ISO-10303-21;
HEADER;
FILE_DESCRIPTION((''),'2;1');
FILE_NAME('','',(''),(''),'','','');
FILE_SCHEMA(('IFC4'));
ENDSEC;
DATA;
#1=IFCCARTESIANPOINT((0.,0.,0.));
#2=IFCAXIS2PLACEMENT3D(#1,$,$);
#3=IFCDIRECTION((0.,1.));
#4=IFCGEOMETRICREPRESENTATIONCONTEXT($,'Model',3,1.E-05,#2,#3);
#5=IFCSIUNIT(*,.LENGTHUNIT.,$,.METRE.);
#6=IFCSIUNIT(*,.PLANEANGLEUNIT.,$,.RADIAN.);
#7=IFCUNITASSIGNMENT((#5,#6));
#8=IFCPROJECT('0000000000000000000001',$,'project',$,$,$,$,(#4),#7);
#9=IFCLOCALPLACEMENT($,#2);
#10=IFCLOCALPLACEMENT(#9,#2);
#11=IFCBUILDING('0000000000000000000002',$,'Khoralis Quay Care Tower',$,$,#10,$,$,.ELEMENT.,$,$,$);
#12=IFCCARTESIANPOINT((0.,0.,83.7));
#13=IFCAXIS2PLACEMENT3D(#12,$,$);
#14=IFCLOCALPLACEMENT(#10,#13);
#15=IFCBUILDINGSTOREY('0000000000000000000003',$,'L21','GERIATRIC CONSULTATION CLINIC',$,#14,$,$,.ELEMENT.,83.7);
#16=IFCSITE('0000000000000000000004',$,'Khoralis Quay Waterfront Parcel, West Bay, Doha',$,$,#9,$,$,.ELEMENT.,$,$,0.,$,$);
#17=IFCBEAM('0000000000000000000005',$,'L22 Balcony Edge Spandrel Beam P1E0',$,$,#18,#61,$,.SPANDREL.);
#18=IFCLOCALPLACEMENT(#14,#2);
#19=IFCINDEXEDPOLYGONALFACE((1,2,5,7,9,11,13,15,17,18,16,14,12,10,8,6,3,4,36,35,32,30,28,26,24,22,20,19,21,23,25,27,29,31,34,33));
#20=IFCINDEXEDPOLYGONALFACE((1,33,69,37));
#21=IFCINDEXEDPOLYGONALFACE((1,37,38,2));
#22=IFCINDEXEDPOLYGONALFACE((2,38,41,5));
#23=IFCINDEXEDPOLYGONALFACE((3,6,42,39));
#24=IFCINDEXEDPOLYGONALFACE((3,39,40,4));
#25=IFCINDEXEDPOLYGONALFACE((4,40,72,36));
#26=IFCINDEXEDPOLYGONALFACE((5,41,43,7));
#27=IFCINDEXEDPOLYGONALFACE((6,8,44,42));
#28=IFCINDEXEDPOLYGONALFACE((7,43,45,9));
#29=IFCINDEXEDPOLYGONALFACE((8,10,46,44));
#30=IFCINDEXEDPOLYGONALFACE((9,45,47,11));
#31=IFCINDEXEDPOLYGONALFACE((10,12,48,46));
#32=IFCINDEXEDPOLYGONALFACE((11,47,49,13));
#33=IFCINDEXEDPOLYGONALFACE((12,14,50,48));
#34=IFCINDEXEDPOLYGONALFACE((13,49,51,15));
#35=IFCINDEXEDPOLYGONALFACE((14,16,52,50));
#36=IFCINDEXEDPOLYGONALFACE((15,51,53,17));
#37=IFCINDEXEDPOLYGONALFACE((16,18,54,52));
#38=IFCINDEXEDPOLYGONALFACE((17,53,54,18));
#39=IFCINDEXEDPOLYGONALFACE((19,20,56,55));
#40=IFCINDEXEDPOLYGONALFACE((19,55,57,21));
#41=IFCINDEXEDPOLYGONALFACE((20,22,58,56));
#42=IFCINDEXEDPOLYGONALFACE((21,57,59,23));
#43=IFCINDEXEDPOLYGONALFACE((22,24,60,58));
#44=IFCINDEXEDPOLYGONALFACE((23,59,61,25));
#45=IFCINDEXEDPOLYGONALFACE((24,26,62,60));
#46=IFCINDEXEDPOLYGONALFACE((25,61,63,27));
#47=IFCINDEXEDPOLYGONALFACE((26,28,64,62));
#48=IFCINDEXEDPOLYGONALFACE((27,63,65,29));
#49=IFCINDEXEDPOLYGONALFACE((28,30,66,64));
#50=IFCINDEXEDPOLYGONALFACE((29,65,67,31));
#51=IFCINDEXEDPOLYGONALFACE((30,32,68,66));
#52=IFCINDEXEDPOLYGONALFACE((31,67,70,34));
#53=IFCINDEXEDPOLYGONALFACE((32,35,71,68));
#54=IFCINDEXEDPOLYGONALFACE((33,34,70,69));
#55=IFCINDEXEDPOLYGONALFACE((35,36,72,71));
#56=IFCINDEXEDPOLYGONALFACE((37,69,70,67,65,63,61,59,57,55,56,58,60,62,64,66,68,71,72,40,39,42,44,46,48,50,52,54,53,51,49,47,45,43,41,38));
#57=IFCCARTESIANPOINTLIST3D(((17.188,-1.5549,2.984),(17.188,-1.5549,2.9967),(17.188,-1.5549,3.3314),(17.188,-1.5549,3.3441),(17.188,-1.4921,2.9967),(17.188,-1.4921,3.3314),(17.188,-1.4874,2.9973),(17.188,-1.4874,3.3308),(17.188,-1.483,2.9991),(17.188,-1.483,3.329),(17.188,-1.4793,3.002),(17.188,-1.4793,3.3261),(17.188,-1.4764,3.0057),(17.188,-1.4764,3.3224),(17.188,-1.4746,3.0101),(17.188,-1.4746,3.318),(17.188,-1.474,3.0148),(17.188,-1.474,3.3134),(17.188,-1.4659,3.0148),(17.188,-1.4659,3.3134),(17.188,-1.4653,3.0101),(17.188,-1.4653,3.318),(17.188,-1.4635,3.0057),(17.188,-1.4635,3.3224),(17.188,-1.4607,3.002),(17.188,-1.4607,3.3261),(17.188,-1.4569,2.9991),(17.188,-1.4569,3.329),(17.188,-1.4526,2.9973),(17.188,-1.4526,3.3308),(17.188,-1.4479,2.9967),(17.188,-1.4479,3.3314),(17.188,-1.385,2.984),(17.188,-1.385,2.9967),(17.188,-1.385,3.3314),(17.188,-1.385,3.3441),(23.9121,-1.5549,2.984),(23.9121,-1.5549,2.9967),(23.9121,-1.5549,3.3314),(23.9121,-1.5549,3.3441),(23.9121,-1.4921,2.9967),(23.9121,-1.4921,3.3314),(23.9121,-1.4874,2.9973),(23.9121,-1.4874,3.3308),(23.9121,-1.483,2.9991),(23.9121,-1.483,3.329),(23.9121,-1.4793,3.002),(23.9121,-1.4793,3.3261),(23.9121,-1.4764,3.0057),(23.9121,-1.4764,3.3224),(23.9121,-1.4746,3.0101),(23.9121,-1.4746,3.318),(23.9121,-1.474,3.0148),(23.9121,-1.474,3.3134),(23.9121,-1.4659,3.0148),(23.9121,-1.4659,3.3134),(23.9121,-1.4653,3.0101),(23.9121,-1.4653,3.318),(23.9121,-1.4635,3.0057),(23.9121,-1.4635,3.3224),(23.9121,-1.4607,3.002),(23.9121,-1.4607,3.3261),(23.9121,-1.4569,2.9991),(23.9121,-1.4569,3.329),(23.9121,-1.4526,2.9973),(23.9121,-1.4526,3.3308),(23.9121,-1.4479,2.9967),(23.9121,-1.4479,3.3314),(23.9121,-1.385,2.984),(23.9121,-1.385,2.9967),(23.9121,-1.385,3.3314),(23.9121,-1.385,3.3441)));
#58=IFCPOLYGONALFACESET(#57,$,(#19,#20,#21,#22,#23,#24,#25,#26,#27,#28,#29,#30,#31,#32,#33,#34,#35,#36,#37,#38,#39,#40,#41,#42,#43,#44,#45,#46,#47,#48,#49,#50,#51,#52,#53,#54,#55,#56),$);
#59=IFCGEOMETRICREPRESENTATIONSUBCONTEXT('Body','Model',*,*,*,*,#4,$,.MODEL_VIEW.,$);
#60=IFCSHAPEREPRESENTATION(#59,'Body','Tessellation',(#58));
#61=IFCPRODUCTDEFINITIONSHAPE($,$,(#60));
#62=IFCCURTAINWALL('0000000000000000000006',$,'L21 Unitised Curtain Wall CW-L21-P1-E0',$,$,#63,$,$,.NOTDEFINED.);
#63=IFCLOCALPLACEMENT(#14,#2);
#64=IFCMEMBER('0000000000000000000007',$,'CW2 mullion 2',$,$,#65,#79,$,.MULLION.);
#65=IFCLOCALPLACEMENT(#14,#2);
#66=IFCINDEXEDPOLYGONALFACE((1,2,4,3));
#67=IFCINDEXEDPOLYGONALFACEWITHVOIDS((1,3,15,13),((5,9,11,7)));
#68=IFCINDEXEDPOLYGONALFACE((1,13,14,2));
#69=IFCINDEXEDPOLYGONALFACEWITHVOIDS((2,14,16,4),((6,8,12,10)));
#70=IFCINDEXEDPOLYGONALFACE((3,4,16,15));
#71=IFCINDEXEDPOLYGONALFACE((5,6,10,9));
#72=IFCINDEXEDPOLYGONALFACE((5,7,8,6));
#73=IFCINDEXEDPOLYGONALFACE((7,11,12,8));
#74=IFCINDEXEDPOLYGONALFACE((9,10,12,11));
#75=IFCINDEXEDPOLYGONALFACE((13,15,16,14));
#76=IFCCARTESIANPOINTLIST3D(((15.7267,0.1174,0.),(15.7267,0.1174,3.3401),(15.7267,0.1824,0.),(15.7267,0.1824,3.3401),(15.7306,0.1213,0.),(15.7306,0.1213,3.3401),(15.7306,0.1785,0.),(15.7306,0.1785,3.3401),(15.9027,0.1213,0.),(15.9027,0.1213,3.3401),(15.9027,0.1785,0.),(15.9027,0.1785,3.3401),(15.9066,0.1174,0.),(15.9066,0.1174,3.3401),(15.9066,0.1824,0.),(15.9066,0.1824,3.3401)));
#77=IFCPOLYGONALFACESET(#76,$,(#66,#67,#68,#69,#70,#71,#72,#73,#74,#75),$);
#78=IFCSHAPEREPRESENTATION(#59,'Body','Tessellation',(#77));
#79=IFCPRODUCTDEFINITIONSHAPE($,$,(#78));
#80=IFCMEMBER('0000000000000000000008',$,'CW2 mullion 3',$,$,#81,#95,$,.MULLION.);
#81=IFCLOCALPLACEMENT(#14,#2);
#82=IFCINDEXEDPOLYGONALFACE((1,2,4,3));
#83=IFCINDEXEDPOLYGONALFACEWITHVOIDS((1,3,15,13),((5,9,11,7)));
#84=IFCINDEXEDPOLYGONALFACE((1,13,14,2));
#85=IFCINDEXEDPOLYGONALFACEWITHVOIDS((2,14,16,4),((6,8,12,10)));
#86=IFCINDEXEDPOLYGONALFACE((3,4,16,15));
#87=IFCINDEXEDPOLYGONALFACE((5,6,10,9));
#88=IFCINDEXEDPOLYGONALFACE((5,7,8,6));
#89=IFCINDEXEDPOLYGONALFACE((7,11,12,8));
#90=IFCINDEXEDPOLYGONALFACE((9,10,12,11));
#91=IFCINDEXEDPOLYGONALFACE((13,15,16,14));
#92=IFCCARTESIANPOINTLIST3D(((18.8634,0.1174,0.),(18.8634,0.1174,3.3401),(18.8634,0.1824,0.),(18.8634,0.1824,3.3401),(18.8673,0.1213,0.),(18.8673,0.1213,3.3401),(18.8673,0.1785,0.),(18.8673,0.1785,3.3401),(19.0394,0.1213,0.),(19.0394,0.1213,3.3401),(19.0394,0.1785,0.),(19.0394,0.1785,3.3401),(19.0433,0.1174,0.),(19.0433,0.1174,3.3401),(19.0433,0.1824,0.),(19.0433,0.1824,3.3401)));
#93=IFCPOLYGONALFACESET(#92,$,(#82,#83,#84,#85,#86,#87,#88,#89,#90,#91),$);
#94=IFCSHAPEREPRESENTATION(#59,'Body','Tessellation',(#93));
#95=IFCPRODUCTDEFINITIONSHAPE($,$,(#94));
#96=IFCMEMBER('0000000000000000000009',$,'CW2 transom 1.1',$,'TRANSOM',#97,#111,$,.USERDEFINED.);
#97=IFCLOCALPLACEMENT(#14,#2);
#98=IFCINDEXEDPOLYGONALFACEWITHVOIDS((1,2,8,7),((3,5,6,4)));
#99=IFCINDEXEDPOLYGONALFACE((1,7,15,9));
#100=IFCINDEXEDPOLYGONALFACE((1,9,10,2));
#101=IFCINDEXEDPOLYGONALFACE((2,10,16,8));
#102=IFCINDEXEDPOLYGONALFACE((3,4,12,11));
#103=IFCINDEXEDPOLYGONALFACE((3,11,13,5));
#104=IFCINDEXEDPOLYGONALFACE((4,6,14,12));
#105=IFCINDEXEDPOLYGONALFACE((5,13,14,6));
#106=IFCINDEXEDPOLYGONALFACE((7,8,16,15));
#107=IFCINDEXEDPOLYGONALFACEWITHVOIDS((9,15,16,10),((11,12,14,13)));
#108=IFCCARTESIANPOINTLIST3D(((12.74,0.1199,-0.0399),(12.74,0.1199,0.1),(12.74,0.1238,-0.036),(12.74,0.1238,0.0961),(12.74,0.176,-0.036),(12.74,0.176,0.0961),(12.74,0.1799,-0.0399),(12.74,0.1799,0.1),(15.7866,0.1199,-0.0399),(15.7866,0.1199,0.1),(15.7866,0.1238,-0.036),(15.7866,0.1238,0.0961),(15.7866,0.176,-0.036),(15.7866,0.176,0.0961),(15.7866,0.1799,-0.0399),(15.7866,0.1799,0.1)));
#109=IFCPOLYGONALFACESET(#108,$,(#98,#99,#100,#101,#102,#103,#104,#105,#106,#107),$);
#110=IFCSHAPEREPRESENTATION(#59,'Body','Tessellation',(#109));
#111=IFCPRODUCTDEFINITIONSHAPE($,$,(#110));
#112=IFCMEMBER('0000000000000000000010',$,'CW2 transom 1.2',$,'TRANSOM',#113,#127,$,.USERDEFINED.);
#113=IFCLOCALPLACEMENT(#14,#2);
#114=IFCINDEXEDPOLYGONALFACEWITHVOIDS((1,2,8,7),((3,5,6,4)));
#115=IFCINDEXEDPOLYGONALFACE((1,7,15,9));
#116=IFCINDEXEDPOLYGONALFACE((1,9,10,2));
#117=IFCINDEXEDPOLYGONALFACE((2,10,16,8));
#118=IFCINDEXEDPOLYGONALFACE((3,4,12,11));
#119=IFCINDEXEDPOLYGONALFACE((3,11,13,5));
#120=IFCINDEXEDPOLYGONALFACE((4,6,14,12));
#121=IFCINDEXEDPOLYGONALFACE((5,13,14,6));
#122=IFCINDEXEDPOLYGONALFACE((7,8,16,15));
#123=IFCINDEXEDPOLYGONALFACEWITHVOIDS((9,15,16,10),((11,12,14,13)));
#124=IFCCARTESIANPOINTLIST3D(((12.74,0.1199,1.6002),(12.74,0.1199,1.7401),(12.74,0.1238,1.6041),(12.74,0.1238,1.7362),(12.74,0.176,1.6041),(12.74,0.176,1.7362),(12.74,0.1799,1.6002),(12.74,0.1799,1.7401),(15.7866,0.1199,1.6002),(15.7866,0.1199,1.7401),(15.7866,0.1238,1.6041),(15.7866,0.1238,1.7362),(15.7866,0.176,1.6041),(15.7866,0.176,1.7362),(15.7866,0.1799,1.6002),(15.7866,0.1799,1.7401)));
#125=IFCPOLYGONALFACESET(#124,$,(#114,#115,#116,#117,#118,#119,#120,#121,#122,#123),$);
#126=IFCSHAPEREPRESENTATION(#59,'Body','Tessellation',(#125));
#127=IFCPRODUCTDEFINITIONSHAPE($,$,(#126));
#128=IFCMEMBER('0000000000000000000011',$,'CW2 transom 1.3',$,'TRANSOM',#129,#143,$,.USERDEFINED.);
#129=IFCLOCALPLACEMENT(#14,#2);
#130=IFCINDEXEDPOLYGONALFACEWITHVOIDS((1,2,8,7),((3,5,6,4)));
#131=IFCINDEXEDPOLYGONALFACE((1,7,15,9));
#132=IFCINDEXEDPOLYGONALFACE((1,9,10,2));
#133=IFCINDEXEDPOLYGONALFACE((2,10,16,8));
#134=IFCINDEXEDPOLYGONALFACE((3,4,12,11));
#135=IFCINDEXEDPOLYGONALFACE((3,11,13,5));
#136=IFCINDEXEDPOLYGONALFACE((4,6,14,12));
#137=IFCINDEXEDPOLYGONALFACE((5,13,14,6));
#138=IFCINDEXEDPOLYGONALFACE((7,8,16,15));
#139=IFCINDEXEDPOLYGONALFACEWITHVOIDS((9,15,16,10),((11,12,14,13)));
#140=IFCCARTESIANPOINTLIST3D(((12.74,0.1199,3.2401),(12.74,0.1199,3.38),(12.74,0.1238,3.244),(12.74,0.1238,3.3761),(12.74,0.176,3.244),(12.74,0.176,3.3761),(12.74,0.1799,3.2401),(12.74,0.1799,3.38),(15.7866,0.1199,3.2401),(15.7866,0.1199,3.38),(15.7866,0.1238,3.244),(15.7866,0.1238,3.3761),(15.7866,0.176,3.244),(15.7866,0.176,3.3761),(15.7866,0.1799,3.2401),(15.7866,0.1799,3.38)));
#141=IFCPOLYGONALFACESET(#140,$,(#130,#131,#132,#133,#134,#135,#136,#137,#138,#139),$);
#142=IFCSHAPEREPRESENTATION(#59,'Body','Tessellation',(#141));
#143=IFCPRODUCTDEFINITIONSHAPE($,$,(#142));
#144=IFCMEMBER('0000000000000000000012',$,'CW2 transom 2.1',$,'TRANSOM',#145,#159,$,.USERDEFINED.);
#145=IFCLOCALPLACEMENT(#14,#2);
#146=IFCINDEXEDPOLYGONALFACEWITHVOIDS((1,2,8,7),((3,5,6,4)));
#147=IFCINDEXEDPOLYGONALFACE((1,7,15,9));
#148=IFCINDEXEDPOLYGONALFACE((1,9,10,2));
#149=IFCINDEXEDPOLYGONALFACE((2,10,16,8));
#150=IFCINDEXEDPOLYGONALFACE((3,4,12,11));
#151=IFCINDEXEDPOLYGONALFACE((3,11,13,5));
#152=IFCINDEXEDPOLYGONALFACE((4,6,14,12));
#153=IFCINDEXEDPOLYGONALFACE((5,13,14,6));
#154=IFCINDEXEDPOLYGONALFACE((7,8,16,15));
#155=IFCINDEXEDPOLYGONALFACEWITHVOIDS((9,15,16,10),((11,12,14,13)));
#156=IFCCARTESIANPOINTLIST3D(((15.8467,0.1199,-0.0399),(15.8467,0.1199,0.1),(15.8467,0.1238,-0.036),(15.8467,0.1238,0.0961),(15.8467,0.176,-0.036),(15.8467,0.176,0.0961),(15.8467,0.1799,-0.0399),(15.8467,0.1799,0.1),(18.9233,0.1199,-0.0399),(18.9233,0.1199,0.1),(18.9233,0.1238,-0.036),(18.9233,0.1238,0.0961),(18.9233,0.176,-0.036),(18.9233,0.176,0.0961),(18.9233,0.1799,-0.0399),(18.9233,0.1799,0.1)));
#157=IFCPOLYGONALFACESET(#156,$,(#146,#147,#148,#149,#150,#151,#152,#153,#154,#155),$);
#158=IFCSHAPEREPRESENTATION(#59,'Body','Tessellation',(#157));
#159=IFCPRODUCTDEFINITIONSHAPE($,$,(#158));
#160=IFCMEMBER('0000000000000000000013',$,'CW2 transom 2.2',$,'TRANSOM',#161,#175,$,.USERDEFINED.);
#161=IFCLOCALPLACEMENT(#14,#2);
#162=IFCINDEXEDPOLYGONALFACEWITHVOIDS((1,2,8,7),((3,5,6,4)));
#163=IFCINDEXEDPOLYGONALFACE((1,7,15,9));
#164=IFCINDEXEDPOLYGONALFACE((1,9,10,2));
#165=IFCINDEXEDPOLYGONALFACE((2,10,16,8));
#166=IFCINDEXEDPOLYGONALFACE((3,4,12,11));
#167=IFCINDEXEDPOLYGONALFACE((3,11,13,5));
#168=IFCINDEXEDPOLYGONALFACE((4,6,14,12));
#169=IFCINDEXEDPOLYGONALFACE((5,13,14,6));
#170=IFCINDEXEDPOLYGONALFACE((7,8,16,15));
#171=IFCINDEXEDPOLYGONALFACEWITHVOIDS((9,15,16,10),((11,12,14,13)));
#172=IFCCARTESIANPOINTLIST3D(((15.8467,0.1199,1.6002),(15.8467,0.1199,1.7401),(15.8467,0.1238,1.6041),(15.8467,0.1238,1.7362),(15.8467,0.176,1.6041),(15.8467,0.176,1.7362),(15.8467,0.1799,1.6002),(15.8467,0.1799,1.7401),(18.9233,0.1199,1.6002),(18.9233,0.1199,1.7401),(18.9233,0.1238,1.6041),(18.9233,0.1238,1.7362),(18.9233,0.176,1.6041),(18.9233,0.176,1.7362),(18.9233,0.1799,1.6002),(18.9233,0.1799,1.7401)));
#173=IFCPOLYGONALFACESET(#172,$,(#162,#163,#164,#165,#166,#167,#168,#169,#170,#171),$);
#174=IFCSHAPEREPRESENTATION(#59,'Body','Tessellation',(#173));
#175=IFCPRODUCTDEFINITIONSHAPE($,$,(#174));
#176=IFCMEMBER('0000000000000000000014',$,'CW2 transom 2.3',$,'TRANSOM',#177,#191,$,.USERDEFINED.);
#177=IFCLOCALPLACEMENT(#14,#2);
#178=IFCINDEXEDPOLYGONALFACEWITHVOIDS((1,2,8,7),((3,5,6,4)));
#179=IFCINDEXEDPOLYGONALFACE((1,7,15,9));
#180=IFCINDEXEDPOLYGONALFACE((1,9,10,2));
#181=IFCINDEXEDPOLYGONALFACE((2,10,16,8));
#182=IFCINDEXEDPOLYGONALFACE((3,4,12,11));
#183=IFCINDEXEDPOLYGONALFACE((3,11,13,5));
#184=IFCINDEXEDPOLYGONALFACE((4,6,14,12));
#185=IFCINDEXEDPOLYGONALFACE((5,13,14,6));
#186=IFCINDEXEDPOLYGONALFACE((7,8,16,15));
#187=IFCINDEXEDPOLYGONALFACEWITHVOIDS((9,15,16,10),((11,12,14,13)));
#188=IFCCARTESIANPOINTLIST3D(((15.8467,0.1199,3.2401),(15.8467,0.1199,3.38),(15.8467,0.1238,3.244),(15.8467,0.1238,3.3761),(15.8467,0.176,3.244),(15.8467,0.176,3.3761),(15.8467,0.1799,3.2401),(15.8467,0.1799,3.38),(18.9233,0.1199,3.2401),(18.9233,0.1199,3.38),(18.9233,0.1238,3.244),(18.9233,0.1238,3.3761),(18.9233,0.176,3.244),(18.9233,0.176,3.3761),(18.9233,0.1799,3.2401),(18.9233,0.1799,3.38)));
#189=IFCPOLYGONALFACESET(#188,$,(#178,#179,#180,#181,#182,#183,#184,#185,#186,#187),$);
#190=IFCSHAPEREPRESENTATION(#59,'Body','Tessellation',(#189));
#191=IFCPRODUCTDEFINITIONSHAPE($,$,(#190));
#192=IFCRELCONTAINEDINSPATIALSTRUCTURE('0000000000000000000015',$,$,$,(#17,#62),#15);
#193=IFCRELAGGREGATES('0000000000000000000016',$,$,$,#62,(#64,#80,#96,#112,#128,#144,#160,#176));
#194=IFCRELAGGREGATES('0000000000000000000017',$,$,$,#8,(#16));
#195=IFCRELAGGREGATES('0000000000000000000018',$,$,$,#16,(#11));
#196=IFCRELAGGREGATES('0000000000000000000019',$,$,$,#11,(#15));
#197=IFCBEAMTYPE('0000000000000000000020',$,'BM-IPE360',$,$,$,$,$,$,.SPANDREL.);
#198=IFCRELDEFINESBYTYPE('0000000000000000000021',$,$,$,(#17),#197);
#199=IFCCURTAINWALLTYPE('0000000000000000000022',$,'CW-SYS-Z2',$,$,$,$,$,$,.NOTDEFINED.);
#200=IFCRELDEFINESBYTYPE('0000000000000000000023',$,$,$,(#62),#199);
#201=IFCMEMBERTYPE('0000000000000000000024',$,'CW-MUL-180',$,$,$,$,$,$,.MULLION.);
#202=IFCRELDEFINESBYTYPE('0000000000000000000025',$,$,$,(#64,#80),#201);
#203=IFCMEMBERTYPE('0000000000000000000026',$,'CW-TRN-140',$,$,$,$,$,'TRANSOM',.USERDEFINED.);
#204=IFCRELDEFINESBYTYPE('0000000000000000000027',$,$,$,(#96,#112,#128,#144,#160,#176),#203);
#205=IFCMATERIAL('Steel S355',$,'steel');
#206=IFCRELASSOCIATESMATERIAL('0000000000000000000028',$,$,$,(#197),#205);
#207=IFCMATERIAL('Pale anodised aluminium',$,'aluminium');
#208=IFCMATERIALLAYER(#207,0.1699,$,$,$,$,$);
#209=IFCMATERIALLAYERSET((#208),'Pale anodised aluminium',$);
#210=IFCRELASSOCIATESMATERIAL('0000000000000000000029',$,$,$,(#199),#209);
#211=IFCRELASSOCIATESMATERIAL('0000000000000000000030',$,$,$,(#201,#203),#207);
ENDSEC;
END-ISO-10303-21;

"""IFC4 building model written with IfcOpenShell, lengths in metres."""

from ifc_helpers import new_model, si_unit, direction, frame, origin, origin_2d, place, context, subcontext, project, spatial, hollow_rectangle, i_section, extrude, source, transform, mapped, material, layer, layer_set, material_profile, profile_set, type_object, element, aggregate, save


model = new_model("IFC4")

# Units and contexts
model_context = context("Model", 3, precision=1e-05, world=origin(), true_north=direction((0.0, 1.0)))
body_context = subcontext(model_context, "Body", "Model", "MODEL_VIEW")
ifc_project = project(units=[si_unit("LENGTHUNIT", "METRE"), si_unit("PLANEANGLEUNIT", "RADIAN")], contexts=[model_context])

# Site, building, storey
site_placement = place(None, origin())
site = spatial("IfcSite", under=ifc_project, at=site_placement, Name="Khoralis Quay Waterfront Parcel, West Bay, Doha", CompositionType="ELEMENT", RefElevation=0.0)
building_placement = place(site_placement, origin())
building = spatial("IfcBuilding", under=site, at=building_placement, Name="Khoralis Quay Care Tower", CompositionType="ELEMENT")
storey_placement = place(building_placement, frame((0.0, 0.0, 83.7)))
storey = spatial("IfcBuildingStorey", under=building, at=storey_placement, Name="L21", Description="GERIATRIC CONSULTATION CLINIC", CompositionType="ELEMENT", Elevation=83.7)

# Beam
ifc_material_1 = material(Name="Steel S355", Category="steel")
ifc_material_profile_1 = material_profile(ifc_material_1, i_section(OverallWidth=0.1699, OverallDepth=0.3601, WebThickness=0.0081, FlangeThickness=0.0127, FilletRadius=0.0181, at=origin_2d()), Name="Steel S355")
ifc_profile_set_1 = profile_set([ifc_material_profile_1], Name="Steel S355")
beam_type_1 = type_object("IfcBeamType", Name="BM-IPE360", PredefinedType="SPANDREL", material=ifc_profile_set_1)
shared_shape_1 = source(origin(), body_context, "Body", "SweptSolid", [
    extrude(i_section(OverallWidth=0.1699, OverallDepth=0.3601, WebThickness=0.0081, FlangeThickness=0.0127, FilletRadius=0.0181, at=origin_2d()), origin(), (0.0, 0.0, 1.0), 6.7241),
])
beam_1_placement = place(storey_placement, frame((17.188, -1.47, 3.1641), z_axis=(1.0, 0.0, 0.0), x_axis=(0.0, 1.0, 0.0)))
element("IfcBeam", 1, at=beam_1_placement, inside=storey, type_object=beam_type_1, Name="L22 Balcony Edge Spandrel Beam P1E0", PredefinedType="SPANDREL", context=body_context, shape_type="MappedRepresentation", body=[
    mapped(shared_shape_1, transform((0.0, 0.0, 0.0), scale=1.0)),
])

# Curtain wall, members
ifc_material_2 = material(Name="Pale anodised aluminium", Category="aluminium")
ifc_layer_1 = layer(ifc_material_2, 0.1699)
ifc_layer_set_1 = layer_set([ifc_layer_1], Name="Pale anodised aluminium")
curtain_wall_type = type_object("IfcCurtainWallType", Name="CW-SYS-Z2", PredefinedType="NOTDEFINED", material=ifc_layer_set_1)
curtain_wall_placement = place(storey_placement, origin())
curtain_wall = element("IfcCurtainWall", 2, at=curtain_wall_placement, inside=storey, type_object=curtain_wall_type, Name="L21 Unitised Curtain Wall CW-L21-P1-E0", PredefinedType="NOTDEFINED")
ifc_material_profile_2 = material_profile(ifc_material_2, hollow_rectangle(XDim=0.0649, YDim=0.1799, WallThickness=0.0039, at=origin_2d()), Name="Pale anodised aluminium")
ifc_profile_set_2 = profile_set([ifc_material_profile_2], Name="Pale anodised aluminium")
member_type_1 = type_object("IfcMemberType", Name="CW-MUL-180", PredefinedType="MULLION", material=ifc_profile_set_2)
shared_shape_2 = source(origin(), body_context, "Body", "SweptSolid", [
    extrude(hollow_rectangle(XDim=0.0649, YDim=0.1799, WallThickness=0.0039, at=origin_2d()), origin(), (0.0, 0.0, 1.0), 3.3401),
])
member_1_placement = place(storey_placement, frame((15.8167, 0.1499, 0.0), z_axis=(0.0, 0.0, 1.0), x_axis=(0.0, 1.0, 0.0)))
member_1 = element("IfcMember", 3, at=member_1_placement, type_object=member_type_1, Name="CW2 mullion 2", PredefinedType="MULLION", context=body_context, shape_type="MappedRepresentation", body=[
    mapped(shared_shape_2, transform((0.0, 0.0, 0.0), scale=1.0)),
])
member_2_placement = place(storey_placement, frame((18.9534, 0.1499, 0.0), z_axis=(0.0, 0.0, 1.0), x_axis=(0.0, 1.0, 0.0)))
member_2 = element("IfcMember", 4, at=member_2_placement, type_object=member_type_1, Name="CW2 mullion 3", PredefinedType="MULLION", context=body_context, shape_type="MappedRepresentation", body=[
    mapped(shared_shape_2, transform((0.0, 0.0, 0.0), scale=1.0)),
])
ifc_material_profile_3 = material_profile(ifc_material_2, hollow_rectangle(XDim=0.0601, YDim=0.1399, WallThickness=0.0039, at=origin_2d()), Name="Pale anodised aluminium")
ifc_profile_set_3 = profile_set([ifc_material_profile_3], Name="Pale anodised aluminium")
member_type_2 = type_object("IfcMemberType", Name="CW-TRN-140", ElementType="TRANSOM", PredefinedType="USERDEFINED", material=ifc_profile_set_3)
shared_shape_3 = source(origin(), body_context, "Body", "SweptSolid", [
    extrude(hollow_rectangle(XDim=0.0601, YDim=0.1399, WallThickness=0.0039, at=origin_2d()), origin(), (0.0, 0.0, 1.0), 3.0466),
])
member_3_placement = place(storey_placement, frame((12.74, 0.1499, 0.03), z_axis=(1.0, 0.0, 0.0), x_axis=(0.0, 1.0, 0.0)))
member_3 = element("IfcMember", 5, at=member_3_placement, type_object=member_type_2, Name="CW2 transom 1.1", ObjectType="TRANSOM", PredefinedType="USERDEFINED", context=body_context, shape_type="MappedRepresentation", body=[
    mapped(shared_shape_3, transform((0.0, 0.0, 0.0), scale=1.0)),
])
member_4_placement = place(storey_placement, frame((12.74, 0.1499, 1.6702), z_axis=(1.0, 0.0, 0.0), x_axis=(0.0, 1.0, 0.0)))
member_4 = element("IfcMember", 6, at=member_4_placement, type_object=member_type_2, Name="CW2 transom 1.2", ObjectType="TRANSOM", PredefinedType="USERDEFINED", context=body_context, shape_type="MappedRepresentation", body=[
    mapped(shared_shape_3, transform((0.0, 0.0, 0.0), scale=1.0)),
])
member_5_placement = place(storey_placement, frame((12.74, 0.1499, 3.3101), z_axis=(1.0, 0.0, 0.0), x_axis=(0.0, 1.0, 0.0)))
member_5 = element("IfcMember", 7, at=member_5_placement, type_object=member_type_2, Name="CW2 transom 1.3", ObjectType="TRANSOM", PredefinedType="USERDEFINED", context=body_context, shape_type="MappedRepresentation", body=[
    mapped(shared_shape_3, transform((0.0, 0.0, 0.0), scale=1.0)),
])
shared_shape_4 = source(origin(), body_context, "Body", "SweptSolid", [
    extrude(hollow_rectangle(XDim=0.0601, YDim=0.1399, WallThickness=0.0039, at=origin_2d()), origin(), (0.0, 0.0, 1.0), 3.0767),
])
member_6_placement = place(storey_placement, frame((15.8467, 0.1499, 0.03), z_axis=(1.0, 0.0, 0.0), x_axis=(0.0, 1.0, 0.0)))
member_6 = element("IfcMember", 8, at=member_6_placement, type_object=member_type_2, Name="CW2 transom 2.1", ObjectType="TRANSOM", PredefinedType="USERDEFINED", context=body_context, shape_type="MappedRepresentation", body=[
    mapped(shared_shape_4, transform((0.0, 0.0, 0.0), scale=1.0)),
])
member_7_placement = place(storey_placement, frame((15.8467, 0.1499, 1.6702), z_axis=(1.0, 0.0, 0.0), x_axis=(0.0, 1.0, 0.0)))
member_7 = element("IfcMember", 9, at=member_7_placement, type_object=member_type_2, Name="CW2 transom 2.2", ObjectType="TRANSOM", PredefinedType="USERDEFINED", context=body_context, shape_type="MappedRepresentation", body=[
    mapped(shared_shape_4, transform((0.0, 0.0, 0.0), scale=1.0)),
])
member_8_placement = place(storey_placement, frame((15.8467, 0.1499, 3.3101), z_axis=(1.0, 0.0, 0.0), x_axis=(0.0, 1.0, 0.0)))
member_8 = element("IfcMember", 10, at=member_8_placement, type_object=member_type_2, Name="CW2 transom 2.3", ObjectType="TRANSOM", PredefinedType="USERDEFINED", context=body_context, shape_type="MappedRepresentation", body=[
    mapped(shared_shape_4, transform((0.0, 0.0, 0.0), scale=1.0)),
])
aggregate(curtain_wall, [member_1, member_2, member_3, member_4, member_5, member_6, member_7, member_8])

save(model, "model.ifc")
